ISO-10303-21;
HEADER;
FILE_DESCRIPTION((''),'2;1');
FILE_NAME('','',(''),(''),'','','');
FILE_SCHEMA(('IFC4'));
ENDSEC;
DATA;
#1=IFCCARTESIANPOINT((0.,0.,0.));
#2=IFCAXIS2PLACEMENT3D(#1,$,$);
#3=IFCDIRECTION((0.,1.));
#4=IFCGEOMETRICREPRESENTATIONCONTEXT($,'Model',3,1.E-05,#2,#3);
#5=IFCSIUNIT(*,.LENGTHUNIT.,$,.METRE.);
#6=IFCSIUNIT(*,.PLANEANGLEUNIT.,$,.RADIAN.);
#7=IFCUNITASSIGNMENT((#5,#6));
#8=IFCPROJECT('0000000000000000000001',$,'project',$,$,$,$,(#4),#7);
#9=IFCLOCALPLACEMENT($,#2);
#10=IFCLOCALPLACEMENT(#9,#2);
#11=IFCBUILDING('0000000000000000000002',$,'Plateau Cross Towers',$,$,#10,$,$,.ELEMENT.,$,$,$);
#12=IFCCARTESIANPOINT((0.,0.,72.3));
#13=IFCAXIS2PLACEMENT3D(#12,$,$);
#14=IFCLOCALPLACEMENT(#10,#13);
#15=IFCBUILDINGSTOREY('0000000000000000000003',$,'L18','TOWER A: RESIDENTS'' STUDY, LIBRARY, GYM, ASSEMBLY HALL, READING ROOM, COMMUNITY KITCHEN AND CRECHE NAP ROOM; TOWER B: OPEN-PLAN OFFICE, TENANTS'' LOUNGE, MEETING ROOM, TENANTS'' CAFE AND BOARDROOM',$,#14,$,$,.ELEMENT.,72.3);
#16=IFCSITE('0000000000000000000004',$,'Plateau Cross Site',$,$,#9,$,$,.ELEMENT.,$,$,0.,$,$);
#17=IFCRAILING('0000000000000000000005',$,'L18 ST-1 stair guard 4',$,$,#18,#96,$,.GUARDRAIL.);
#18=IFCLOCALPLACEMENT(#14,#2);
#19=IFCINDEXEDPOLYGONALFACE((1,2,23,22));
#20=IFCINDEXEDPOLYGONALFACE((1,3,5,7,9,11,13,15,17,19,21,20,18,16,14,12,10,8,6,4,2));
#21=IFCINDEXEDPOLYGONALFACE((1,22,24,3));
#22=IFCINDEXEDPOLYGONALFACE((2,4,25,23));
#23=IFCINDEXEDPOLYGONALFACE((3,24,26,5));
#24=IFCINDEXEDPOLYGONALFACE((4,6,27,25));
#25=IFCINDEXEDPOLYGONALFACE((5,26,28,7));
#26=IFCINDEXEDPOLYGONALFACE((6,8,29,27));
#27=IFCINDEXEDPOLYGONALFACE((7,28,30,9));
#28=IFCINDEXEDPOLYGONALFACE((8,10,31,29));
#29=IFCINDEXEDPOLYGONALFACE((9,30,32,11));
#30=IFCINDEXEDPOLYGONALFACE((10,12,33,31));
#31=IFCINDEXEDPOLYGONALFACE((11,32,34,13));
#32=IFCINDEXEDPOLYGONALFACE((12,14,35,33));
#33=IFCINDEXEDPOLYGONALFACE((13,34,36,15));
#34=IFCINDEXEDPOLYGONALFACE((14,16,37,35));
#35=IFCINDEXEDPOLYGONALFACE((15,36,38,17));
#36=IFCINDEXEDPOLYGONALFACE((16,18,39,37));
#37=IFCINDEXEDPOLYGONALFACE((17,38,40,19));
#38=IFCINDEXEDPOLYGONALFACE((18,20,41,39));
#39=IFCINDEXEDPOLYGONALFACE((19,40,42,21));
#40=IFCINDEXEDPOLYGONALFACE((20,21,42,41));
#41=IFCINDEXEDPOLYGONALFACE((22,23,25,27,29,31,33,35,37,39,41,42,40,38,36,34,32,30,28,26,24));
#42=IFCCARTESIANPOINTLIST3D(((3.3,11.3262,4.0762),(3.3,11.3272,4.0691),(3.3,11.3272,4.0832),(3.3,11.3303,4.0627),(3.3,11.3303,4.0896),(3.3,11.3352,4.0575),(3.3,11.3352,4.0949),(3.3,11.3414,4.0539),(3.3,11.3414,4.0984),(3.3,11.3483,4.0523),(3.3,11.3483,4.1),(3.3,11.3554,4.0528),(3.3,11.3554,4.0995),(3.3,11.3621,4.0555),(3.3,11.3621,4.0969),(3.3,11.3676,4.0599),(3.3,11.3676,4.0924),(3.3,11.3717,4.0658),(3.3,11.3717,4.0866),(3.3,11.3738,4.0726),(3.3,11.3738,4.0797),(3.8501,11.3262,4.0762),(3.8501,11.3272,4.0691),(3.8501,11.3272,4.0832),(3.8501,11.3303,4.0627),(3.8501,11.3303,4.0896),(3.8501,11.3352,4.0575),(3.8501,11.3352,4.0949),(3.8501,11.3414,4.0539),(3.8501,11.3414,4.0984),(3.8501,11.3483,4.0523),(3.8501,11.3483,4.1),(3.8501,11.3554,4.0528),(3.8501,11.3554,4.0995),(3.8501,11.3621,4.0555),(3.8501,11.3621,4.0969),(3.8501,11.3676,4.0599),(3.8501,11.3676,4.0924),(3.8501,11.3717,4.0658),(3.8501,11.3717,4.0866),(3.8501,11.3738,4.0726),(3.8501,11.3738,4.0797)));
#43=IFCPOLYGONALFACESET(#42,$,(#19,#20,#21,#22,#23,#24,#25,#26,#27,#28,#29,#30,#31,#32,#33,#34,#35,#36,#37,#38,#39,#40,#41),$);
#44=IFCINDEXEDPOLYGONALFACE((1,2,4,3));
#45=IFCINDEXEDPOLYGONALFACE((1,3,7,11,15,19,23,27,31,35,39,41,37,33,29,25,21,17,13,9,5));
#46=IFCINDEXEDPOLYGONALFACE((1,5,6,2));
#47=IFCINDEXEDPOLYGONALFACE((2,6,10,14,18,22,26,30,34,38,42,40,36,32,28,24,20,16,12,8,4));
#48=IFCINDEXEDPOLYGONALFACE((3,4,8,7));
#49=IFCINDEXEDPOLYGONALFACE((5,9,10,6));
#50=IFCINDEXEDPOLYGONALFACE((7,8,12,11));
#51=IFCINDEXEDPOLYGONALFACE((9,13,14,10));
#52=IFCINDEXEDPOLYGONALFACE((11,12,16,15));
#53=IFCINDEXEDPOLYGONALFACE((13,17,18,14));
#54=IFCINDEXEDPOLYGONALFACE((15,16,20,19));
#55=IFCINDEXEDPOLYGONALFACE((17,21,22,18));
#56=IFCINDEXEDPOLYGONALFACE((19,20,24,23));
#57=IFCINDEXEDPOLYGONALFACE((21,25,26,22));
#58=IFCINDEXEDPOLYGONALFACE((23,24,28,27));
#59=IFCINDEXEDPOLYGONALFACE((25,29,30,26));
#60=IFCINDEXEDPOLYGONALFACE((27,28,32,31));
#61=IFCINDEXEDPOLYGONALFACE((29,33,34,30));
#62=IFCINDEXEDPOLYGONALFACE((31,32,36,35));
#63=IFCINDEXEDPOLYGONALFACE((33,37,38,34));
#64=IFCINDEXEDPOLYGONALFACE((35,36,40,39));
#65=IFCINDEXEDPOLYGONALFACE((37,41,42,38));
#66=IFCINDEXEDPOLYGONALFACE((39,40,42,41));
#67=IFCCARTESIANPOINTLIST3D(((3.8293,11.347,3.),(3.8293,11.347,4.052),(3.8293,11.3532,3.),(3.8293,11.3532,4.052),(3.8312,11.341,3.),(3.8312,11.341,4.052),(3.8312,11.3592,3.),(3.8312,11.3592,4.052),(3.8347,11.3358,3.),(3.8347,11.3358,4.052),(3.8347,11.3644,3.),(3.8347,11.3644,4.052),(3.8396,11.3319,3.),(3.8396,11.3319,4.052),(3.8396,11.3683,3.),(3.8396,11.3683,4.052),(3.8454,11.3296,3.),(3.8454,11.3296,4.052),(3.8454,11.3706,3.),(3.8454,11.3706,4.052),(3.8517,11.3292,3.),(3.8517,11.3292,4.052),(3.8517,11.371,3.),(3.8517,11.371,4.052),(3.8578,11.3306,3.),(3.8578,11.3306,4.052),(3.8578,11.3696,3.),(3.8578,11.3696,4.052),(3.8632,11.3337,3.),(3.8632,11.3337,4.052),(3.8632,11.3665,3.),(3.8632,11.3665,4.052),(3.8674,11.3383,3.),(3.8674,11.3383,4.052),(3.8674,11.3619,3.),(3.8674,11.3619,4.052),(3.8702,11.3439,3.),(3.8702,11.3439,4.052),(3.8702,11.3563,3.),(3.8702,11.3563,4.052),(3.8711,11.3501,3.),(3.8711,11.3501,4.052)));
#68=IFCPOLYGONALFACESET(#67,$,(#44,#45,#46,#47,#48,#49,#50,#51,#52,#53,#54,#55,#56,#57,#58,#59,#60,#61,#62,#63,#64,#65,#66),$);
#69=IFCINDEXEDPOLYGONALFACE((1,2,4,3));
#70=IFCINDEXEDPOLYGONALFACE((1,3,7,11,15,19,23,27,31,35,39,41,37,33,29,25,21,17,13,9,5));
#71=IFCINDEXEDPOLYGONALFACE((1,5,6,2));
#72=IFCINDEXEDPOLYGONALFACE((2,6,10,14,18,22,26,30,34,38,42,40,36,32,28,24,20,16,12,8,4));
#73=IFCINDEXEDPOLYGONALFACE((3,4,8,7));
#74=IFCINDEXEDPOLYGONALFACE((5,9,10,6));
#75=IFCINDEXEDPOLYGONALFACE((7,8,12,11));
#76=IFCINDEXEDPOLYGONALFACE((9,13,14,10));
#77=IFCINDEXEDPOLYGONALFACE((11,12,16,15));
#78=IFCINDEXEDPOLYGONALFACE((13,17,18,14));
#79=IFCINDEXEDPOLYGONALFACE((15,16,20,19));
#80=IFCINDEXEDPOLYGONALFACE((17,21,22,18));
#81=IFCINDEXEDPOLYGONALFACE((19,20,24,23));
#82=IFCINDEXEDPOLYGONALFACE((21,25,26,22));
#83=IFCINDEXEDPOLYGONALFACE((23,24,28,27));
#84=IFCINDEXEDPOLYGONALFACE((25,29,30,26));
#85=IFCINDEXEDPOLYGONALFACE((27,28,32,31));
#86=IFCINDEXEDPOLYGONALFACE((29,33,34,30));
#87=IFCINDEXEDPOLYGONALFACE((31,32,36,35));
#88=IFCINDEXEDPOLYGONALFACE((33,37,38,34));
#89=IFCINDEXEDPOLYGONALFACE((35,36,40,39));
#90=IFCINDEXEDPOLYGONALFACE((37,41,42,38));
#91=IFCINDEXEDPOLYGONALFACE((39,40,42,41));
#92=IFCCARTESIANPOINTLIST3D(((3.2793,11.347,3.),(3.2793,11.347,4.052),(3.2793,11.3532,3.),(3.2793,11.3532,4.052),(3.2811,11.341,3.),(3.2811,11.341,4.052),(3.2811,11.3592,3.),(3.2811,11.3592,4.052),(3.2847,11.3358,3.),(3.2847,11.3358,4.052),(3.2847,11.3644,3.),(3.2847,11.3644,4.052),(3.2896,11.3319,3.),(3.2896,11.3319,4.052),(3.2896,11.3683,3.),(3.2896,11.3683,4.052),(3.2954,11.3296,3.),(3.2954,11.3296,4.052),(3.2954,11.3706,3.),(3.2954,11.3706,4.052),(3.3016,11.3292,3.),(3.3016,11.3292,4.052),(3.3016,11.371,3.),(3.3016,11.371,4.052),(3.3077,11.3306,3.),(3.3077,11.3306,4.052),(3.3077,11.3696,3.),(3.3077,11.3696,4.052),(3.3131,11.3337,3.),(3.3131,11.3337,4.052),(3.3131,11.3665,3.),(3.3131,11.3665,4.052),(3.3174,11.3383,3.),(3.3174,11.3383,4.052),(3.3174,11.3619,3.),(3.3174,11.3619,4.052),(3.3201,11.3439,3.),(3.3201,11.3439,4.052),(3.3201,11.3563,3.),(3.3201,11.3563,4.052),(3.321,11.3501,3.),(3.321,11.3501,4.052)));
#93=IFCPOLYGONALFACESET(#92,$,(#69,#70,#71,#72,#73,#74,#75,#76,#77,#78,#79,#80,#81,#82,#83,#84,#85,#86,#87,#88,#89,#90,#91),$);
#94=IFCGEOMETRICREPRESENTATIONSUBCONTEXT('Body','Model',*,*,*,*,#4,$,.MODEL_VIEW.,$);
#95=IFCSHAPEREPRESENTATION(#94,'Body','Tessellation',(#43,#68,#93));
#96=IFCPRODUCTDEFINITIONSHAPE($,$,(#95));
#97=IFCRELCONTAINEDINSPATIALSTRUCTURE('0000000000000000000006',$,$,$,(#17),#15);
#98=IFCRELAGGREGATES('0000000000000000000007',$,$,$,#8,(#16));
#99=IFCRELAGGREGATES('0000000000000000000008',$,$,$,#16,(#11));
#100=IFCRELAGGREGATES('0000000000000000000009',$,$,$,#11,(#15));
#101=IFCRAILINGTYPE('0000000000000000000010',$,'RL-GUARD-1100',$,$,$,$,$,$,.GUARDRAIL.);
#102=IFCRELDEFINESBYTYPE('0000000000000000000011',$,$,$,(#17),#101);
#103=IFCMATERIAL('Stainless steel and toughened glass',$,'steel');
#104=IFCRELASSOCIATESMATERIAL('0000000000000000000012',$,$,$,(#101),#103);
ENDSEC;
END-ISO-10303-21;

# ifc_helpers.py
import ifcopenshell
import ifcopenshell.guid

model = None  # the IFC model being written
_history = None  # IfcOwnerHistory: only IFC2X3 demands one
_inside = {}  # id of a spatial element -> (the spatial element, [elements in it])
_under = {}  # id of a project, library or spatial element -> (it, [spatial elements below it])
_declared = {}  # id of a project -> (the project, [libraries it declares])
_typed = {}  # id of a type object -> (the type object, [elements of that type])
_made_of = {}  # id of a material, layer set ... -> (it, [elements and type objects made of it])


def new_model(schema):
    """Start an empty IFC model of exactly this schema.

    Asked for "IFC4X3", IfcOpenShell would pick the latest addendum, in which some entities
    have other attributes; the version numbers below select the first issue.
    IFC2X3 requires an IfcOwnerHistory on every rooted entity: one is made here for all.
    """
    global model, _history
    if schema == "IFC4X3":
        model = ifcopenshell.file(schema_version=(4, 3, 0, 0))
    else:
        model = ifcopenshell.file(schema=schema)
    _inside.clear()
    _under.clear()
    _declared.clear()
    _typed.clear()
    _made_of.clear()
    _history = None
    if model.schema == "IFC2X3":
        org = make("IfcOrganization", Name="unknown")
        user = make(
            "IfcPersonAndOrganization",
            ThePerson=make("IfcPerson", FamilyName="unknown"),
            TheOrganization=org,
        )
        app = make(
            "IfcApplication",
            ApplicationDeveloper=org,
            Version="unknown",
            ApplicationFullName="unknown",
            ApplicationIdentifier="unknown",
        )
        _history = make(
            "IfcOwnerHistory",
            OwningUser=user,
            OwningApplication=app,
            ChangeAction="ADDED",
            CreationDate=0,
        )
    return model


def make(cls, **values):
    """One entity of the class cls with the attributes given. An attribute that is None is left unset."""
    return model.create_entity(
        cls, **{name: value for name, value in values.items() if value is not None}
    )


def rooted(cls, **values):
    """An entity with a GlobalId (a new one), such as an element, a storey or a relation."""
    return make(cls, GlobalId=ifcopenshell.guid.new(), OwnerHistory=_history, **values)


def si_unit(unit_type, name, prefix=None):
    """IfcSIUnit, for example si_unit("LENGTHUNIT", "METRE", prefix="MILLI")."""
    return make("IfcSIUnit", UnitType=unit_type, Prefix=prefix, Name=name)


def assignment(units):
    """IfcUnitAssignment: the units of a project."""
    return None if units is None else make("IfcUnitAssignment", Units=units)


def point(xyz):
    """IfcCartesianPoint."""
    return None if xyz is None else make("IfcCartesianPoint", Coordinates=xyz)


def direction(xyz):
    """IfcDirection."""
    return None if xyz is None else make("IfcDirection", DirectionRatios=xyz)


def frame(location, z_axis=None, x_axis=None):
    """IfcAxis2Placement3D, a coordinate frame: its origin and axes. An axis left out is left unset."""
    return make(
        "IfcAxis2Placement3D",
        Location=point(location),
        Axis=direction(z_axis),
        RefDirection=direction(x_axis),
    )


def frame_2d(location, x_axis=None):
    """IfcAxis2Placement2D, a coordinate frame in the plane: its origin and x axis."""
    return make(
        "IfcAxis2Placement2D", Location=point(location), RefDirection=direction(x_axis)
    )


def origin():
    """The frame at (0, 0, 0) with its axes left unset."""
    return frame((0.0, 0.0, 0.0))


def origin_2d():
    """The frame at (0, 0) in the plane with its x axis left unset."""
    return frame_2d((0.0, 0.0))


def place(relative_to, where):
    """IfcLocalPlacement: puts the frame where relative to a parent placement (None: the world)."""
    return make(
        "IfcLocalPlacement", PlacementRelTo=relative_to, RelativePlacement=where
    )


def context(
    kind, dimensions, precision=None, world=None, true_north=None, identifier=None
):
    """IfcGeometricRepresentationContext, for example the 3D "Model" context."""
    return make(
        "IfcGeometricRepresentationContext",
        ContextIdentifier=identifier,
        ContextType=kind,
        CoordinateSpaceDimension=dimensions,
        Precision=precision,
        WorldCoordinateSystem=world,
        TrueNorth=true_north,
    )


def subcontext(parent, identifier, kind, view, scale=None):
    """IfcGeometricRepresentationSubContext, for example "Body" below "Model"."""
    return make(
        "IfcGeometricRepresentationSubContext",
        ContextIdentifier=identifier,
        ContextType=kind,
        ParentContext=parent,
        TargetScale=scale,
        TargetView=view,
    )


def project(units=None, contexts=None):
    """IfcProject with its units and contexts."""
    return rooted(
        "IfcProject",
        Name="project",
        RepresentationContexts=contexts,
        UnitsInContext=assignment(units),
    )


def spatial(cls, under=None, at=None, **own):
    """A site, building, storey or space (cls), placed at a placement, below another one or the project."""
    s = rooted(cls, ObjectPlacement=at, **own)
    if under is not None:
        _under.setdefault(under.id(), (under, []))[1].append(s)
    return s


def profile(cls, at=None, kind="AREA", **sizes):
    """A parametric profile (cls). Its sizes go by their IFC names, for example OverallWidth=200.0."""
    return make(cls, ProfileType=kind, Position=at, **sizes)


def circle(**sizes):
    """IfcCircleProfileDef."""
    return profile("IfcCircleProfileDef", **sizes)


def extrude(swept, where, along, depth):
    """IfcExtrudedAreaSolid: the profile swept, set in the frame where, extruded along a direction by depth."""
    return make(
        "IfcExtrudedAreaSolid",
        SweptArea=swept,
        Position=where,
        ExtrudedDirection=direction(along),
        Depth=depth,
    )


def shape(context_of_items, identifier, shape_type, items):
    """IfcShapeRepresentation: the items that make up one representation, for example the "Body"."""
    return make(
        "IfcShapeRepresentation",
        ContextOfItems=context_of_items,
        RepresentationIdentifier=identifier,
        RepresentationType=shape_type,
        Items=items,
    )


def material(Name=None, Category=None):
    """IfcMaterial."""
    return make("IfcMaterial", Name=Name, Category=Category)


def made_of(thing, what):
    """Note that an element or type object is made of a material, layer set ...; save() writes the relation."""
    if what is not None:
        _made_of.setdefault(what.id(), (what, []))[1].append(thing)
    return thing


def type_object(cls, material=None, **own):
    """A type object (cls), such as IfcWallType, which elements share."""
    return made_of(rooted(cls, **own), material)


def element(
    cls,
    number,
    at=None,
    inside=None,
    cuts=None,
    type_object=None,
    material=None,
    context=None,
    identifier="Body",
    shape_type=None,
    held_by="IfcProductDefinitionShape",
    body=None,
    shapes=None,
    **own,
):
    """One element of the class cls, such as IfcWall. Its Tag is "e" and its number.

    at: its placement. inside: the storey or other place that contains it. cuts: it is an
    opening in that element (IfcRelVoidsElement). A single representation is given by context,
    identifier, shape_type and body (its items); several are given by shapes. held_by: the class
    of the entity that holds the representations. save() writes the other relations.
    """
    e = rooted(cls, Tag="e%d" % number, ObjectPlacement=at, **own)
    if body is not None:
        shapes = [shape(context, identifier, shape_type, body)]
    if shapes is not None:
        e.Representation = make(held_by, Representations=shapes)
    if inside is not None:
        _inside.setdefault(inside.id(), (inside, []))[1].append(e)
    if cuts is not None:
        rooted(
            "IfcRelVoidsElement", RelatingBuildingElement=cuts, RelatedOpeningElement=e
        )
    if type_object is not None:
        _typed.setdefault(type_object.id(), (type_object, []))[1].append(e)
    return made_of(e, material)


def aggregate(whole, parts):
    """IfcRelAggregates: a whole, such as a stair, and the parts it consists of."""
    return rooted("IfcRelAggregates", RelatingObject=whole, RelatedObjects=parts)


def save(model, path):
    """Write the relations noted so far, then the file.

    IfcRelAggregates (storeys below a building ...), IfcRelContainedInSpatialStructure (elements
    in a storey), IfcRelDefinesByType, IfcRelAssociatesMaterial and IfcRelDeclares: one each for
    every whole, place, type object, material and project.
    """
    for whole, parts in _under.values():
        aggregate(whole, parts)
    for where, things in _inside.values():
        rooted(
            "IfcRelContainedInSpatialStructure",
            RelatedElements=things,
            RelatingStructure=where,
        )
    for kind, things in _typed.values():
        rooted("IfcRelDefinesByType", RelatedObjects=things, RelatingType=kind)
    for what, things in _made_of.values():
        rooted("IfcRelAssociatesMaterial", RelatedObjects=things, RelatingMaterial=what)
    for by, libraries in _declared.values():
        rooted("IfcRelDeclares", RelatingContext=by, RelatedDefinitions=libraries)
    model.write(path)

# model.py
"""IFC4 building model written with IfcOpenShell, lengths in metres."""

from ifc_helpers import new_model, si_unit, direction, frame, origin, origin_2d, place, context, subcontext, project, spatial, circle, extrude, material, type_object, element, save


model = new_model("IFC4")

# Units and contexts
model_context = context("Model", 3, precision=1e-05, world=origin(), true_north=direction((0.0, 1.0)))
body_context = subcontext(model_context, "Body", "Model", "MODEL_VIEW")
ifc_project = project(units=[si_unit("LENGTHUNIT", "METRE"), si_unit("PLANEANGLEUNIT", "RADIAN")], contexts=[model_context])

# Site, building, storey
site_placement = place(None, origin())
site = spatial("IfcSite", under=ifc_project, at=site_placement, Name="Plateau Cross Site", CompositionType="ELEMENT", RefElevation=0.0)
building_placement = place(site_placement, origin())
building = spatial("IfcBuilding", under=site, at=building_placement, Name="Plateau Cross Towers", CompositionType="ELEMENT")
storey_placement = place(building_placement, frame((0.0, 0.0, 72.3)))
storey = spatial("IfcBuildingStorey", under=building, at=storey_placement, Name="L18", Description="TOWER A: RESIDENTS' STUDY, LIBRARY, GYM, ASSEMBLY HALL, READING ROOM, COMMUNITY KITCHEN AND CRECHE NAP ROOM; TOWER B: OPEN-PLAN OFFICE, TENANTS' LOUNGE, MEETING ROOM, TENANTS' CAFE AND BOARDROOM", CompositionType="ELEMENT", Elevation=72.3)

# Railing
ifc_material_1 = material(Name="Stainless steel and toughened glass", Category="steel")
railing_type = type_object("IfcRailingType", Name="RL-GUARD-1100", PredefinedType="GUARDRAIL", material=ifc_material_1)
railing_1_placement = place(storey_placement, frame((3.8501, 11.3501, 3.0)))
element("IfcRailing", 1, at=railing_1_placement, inside=storey, type_object=railing_type, Name="L18 ST-1 stair guard 4", PredefinedType="GUARDRAIL", context=body_context, shape_type="SweptSolid", body=[
    extrude(circle(Radius=0.0239, at=origin_2d()), frame((0.0, 0.0, 1.0762), z_axis=(-1.0, 0.0, 0.0), x_axis=(0.0, -1.0, 0.0)), (0.0, 0.0, 1.0), 0.55),
    extrude(circle(Radius=0.021, at=origin_2d()), origin(), (0.0, 0.0, 1.0), 1.052),
    extrude(circle(Radius=0.021, at=origin_2d()), frame((-0.55, 0.0, 0.0)), (0.0, 0.0, 1.0), 1.052),
])

save(model, "model.ifc")
